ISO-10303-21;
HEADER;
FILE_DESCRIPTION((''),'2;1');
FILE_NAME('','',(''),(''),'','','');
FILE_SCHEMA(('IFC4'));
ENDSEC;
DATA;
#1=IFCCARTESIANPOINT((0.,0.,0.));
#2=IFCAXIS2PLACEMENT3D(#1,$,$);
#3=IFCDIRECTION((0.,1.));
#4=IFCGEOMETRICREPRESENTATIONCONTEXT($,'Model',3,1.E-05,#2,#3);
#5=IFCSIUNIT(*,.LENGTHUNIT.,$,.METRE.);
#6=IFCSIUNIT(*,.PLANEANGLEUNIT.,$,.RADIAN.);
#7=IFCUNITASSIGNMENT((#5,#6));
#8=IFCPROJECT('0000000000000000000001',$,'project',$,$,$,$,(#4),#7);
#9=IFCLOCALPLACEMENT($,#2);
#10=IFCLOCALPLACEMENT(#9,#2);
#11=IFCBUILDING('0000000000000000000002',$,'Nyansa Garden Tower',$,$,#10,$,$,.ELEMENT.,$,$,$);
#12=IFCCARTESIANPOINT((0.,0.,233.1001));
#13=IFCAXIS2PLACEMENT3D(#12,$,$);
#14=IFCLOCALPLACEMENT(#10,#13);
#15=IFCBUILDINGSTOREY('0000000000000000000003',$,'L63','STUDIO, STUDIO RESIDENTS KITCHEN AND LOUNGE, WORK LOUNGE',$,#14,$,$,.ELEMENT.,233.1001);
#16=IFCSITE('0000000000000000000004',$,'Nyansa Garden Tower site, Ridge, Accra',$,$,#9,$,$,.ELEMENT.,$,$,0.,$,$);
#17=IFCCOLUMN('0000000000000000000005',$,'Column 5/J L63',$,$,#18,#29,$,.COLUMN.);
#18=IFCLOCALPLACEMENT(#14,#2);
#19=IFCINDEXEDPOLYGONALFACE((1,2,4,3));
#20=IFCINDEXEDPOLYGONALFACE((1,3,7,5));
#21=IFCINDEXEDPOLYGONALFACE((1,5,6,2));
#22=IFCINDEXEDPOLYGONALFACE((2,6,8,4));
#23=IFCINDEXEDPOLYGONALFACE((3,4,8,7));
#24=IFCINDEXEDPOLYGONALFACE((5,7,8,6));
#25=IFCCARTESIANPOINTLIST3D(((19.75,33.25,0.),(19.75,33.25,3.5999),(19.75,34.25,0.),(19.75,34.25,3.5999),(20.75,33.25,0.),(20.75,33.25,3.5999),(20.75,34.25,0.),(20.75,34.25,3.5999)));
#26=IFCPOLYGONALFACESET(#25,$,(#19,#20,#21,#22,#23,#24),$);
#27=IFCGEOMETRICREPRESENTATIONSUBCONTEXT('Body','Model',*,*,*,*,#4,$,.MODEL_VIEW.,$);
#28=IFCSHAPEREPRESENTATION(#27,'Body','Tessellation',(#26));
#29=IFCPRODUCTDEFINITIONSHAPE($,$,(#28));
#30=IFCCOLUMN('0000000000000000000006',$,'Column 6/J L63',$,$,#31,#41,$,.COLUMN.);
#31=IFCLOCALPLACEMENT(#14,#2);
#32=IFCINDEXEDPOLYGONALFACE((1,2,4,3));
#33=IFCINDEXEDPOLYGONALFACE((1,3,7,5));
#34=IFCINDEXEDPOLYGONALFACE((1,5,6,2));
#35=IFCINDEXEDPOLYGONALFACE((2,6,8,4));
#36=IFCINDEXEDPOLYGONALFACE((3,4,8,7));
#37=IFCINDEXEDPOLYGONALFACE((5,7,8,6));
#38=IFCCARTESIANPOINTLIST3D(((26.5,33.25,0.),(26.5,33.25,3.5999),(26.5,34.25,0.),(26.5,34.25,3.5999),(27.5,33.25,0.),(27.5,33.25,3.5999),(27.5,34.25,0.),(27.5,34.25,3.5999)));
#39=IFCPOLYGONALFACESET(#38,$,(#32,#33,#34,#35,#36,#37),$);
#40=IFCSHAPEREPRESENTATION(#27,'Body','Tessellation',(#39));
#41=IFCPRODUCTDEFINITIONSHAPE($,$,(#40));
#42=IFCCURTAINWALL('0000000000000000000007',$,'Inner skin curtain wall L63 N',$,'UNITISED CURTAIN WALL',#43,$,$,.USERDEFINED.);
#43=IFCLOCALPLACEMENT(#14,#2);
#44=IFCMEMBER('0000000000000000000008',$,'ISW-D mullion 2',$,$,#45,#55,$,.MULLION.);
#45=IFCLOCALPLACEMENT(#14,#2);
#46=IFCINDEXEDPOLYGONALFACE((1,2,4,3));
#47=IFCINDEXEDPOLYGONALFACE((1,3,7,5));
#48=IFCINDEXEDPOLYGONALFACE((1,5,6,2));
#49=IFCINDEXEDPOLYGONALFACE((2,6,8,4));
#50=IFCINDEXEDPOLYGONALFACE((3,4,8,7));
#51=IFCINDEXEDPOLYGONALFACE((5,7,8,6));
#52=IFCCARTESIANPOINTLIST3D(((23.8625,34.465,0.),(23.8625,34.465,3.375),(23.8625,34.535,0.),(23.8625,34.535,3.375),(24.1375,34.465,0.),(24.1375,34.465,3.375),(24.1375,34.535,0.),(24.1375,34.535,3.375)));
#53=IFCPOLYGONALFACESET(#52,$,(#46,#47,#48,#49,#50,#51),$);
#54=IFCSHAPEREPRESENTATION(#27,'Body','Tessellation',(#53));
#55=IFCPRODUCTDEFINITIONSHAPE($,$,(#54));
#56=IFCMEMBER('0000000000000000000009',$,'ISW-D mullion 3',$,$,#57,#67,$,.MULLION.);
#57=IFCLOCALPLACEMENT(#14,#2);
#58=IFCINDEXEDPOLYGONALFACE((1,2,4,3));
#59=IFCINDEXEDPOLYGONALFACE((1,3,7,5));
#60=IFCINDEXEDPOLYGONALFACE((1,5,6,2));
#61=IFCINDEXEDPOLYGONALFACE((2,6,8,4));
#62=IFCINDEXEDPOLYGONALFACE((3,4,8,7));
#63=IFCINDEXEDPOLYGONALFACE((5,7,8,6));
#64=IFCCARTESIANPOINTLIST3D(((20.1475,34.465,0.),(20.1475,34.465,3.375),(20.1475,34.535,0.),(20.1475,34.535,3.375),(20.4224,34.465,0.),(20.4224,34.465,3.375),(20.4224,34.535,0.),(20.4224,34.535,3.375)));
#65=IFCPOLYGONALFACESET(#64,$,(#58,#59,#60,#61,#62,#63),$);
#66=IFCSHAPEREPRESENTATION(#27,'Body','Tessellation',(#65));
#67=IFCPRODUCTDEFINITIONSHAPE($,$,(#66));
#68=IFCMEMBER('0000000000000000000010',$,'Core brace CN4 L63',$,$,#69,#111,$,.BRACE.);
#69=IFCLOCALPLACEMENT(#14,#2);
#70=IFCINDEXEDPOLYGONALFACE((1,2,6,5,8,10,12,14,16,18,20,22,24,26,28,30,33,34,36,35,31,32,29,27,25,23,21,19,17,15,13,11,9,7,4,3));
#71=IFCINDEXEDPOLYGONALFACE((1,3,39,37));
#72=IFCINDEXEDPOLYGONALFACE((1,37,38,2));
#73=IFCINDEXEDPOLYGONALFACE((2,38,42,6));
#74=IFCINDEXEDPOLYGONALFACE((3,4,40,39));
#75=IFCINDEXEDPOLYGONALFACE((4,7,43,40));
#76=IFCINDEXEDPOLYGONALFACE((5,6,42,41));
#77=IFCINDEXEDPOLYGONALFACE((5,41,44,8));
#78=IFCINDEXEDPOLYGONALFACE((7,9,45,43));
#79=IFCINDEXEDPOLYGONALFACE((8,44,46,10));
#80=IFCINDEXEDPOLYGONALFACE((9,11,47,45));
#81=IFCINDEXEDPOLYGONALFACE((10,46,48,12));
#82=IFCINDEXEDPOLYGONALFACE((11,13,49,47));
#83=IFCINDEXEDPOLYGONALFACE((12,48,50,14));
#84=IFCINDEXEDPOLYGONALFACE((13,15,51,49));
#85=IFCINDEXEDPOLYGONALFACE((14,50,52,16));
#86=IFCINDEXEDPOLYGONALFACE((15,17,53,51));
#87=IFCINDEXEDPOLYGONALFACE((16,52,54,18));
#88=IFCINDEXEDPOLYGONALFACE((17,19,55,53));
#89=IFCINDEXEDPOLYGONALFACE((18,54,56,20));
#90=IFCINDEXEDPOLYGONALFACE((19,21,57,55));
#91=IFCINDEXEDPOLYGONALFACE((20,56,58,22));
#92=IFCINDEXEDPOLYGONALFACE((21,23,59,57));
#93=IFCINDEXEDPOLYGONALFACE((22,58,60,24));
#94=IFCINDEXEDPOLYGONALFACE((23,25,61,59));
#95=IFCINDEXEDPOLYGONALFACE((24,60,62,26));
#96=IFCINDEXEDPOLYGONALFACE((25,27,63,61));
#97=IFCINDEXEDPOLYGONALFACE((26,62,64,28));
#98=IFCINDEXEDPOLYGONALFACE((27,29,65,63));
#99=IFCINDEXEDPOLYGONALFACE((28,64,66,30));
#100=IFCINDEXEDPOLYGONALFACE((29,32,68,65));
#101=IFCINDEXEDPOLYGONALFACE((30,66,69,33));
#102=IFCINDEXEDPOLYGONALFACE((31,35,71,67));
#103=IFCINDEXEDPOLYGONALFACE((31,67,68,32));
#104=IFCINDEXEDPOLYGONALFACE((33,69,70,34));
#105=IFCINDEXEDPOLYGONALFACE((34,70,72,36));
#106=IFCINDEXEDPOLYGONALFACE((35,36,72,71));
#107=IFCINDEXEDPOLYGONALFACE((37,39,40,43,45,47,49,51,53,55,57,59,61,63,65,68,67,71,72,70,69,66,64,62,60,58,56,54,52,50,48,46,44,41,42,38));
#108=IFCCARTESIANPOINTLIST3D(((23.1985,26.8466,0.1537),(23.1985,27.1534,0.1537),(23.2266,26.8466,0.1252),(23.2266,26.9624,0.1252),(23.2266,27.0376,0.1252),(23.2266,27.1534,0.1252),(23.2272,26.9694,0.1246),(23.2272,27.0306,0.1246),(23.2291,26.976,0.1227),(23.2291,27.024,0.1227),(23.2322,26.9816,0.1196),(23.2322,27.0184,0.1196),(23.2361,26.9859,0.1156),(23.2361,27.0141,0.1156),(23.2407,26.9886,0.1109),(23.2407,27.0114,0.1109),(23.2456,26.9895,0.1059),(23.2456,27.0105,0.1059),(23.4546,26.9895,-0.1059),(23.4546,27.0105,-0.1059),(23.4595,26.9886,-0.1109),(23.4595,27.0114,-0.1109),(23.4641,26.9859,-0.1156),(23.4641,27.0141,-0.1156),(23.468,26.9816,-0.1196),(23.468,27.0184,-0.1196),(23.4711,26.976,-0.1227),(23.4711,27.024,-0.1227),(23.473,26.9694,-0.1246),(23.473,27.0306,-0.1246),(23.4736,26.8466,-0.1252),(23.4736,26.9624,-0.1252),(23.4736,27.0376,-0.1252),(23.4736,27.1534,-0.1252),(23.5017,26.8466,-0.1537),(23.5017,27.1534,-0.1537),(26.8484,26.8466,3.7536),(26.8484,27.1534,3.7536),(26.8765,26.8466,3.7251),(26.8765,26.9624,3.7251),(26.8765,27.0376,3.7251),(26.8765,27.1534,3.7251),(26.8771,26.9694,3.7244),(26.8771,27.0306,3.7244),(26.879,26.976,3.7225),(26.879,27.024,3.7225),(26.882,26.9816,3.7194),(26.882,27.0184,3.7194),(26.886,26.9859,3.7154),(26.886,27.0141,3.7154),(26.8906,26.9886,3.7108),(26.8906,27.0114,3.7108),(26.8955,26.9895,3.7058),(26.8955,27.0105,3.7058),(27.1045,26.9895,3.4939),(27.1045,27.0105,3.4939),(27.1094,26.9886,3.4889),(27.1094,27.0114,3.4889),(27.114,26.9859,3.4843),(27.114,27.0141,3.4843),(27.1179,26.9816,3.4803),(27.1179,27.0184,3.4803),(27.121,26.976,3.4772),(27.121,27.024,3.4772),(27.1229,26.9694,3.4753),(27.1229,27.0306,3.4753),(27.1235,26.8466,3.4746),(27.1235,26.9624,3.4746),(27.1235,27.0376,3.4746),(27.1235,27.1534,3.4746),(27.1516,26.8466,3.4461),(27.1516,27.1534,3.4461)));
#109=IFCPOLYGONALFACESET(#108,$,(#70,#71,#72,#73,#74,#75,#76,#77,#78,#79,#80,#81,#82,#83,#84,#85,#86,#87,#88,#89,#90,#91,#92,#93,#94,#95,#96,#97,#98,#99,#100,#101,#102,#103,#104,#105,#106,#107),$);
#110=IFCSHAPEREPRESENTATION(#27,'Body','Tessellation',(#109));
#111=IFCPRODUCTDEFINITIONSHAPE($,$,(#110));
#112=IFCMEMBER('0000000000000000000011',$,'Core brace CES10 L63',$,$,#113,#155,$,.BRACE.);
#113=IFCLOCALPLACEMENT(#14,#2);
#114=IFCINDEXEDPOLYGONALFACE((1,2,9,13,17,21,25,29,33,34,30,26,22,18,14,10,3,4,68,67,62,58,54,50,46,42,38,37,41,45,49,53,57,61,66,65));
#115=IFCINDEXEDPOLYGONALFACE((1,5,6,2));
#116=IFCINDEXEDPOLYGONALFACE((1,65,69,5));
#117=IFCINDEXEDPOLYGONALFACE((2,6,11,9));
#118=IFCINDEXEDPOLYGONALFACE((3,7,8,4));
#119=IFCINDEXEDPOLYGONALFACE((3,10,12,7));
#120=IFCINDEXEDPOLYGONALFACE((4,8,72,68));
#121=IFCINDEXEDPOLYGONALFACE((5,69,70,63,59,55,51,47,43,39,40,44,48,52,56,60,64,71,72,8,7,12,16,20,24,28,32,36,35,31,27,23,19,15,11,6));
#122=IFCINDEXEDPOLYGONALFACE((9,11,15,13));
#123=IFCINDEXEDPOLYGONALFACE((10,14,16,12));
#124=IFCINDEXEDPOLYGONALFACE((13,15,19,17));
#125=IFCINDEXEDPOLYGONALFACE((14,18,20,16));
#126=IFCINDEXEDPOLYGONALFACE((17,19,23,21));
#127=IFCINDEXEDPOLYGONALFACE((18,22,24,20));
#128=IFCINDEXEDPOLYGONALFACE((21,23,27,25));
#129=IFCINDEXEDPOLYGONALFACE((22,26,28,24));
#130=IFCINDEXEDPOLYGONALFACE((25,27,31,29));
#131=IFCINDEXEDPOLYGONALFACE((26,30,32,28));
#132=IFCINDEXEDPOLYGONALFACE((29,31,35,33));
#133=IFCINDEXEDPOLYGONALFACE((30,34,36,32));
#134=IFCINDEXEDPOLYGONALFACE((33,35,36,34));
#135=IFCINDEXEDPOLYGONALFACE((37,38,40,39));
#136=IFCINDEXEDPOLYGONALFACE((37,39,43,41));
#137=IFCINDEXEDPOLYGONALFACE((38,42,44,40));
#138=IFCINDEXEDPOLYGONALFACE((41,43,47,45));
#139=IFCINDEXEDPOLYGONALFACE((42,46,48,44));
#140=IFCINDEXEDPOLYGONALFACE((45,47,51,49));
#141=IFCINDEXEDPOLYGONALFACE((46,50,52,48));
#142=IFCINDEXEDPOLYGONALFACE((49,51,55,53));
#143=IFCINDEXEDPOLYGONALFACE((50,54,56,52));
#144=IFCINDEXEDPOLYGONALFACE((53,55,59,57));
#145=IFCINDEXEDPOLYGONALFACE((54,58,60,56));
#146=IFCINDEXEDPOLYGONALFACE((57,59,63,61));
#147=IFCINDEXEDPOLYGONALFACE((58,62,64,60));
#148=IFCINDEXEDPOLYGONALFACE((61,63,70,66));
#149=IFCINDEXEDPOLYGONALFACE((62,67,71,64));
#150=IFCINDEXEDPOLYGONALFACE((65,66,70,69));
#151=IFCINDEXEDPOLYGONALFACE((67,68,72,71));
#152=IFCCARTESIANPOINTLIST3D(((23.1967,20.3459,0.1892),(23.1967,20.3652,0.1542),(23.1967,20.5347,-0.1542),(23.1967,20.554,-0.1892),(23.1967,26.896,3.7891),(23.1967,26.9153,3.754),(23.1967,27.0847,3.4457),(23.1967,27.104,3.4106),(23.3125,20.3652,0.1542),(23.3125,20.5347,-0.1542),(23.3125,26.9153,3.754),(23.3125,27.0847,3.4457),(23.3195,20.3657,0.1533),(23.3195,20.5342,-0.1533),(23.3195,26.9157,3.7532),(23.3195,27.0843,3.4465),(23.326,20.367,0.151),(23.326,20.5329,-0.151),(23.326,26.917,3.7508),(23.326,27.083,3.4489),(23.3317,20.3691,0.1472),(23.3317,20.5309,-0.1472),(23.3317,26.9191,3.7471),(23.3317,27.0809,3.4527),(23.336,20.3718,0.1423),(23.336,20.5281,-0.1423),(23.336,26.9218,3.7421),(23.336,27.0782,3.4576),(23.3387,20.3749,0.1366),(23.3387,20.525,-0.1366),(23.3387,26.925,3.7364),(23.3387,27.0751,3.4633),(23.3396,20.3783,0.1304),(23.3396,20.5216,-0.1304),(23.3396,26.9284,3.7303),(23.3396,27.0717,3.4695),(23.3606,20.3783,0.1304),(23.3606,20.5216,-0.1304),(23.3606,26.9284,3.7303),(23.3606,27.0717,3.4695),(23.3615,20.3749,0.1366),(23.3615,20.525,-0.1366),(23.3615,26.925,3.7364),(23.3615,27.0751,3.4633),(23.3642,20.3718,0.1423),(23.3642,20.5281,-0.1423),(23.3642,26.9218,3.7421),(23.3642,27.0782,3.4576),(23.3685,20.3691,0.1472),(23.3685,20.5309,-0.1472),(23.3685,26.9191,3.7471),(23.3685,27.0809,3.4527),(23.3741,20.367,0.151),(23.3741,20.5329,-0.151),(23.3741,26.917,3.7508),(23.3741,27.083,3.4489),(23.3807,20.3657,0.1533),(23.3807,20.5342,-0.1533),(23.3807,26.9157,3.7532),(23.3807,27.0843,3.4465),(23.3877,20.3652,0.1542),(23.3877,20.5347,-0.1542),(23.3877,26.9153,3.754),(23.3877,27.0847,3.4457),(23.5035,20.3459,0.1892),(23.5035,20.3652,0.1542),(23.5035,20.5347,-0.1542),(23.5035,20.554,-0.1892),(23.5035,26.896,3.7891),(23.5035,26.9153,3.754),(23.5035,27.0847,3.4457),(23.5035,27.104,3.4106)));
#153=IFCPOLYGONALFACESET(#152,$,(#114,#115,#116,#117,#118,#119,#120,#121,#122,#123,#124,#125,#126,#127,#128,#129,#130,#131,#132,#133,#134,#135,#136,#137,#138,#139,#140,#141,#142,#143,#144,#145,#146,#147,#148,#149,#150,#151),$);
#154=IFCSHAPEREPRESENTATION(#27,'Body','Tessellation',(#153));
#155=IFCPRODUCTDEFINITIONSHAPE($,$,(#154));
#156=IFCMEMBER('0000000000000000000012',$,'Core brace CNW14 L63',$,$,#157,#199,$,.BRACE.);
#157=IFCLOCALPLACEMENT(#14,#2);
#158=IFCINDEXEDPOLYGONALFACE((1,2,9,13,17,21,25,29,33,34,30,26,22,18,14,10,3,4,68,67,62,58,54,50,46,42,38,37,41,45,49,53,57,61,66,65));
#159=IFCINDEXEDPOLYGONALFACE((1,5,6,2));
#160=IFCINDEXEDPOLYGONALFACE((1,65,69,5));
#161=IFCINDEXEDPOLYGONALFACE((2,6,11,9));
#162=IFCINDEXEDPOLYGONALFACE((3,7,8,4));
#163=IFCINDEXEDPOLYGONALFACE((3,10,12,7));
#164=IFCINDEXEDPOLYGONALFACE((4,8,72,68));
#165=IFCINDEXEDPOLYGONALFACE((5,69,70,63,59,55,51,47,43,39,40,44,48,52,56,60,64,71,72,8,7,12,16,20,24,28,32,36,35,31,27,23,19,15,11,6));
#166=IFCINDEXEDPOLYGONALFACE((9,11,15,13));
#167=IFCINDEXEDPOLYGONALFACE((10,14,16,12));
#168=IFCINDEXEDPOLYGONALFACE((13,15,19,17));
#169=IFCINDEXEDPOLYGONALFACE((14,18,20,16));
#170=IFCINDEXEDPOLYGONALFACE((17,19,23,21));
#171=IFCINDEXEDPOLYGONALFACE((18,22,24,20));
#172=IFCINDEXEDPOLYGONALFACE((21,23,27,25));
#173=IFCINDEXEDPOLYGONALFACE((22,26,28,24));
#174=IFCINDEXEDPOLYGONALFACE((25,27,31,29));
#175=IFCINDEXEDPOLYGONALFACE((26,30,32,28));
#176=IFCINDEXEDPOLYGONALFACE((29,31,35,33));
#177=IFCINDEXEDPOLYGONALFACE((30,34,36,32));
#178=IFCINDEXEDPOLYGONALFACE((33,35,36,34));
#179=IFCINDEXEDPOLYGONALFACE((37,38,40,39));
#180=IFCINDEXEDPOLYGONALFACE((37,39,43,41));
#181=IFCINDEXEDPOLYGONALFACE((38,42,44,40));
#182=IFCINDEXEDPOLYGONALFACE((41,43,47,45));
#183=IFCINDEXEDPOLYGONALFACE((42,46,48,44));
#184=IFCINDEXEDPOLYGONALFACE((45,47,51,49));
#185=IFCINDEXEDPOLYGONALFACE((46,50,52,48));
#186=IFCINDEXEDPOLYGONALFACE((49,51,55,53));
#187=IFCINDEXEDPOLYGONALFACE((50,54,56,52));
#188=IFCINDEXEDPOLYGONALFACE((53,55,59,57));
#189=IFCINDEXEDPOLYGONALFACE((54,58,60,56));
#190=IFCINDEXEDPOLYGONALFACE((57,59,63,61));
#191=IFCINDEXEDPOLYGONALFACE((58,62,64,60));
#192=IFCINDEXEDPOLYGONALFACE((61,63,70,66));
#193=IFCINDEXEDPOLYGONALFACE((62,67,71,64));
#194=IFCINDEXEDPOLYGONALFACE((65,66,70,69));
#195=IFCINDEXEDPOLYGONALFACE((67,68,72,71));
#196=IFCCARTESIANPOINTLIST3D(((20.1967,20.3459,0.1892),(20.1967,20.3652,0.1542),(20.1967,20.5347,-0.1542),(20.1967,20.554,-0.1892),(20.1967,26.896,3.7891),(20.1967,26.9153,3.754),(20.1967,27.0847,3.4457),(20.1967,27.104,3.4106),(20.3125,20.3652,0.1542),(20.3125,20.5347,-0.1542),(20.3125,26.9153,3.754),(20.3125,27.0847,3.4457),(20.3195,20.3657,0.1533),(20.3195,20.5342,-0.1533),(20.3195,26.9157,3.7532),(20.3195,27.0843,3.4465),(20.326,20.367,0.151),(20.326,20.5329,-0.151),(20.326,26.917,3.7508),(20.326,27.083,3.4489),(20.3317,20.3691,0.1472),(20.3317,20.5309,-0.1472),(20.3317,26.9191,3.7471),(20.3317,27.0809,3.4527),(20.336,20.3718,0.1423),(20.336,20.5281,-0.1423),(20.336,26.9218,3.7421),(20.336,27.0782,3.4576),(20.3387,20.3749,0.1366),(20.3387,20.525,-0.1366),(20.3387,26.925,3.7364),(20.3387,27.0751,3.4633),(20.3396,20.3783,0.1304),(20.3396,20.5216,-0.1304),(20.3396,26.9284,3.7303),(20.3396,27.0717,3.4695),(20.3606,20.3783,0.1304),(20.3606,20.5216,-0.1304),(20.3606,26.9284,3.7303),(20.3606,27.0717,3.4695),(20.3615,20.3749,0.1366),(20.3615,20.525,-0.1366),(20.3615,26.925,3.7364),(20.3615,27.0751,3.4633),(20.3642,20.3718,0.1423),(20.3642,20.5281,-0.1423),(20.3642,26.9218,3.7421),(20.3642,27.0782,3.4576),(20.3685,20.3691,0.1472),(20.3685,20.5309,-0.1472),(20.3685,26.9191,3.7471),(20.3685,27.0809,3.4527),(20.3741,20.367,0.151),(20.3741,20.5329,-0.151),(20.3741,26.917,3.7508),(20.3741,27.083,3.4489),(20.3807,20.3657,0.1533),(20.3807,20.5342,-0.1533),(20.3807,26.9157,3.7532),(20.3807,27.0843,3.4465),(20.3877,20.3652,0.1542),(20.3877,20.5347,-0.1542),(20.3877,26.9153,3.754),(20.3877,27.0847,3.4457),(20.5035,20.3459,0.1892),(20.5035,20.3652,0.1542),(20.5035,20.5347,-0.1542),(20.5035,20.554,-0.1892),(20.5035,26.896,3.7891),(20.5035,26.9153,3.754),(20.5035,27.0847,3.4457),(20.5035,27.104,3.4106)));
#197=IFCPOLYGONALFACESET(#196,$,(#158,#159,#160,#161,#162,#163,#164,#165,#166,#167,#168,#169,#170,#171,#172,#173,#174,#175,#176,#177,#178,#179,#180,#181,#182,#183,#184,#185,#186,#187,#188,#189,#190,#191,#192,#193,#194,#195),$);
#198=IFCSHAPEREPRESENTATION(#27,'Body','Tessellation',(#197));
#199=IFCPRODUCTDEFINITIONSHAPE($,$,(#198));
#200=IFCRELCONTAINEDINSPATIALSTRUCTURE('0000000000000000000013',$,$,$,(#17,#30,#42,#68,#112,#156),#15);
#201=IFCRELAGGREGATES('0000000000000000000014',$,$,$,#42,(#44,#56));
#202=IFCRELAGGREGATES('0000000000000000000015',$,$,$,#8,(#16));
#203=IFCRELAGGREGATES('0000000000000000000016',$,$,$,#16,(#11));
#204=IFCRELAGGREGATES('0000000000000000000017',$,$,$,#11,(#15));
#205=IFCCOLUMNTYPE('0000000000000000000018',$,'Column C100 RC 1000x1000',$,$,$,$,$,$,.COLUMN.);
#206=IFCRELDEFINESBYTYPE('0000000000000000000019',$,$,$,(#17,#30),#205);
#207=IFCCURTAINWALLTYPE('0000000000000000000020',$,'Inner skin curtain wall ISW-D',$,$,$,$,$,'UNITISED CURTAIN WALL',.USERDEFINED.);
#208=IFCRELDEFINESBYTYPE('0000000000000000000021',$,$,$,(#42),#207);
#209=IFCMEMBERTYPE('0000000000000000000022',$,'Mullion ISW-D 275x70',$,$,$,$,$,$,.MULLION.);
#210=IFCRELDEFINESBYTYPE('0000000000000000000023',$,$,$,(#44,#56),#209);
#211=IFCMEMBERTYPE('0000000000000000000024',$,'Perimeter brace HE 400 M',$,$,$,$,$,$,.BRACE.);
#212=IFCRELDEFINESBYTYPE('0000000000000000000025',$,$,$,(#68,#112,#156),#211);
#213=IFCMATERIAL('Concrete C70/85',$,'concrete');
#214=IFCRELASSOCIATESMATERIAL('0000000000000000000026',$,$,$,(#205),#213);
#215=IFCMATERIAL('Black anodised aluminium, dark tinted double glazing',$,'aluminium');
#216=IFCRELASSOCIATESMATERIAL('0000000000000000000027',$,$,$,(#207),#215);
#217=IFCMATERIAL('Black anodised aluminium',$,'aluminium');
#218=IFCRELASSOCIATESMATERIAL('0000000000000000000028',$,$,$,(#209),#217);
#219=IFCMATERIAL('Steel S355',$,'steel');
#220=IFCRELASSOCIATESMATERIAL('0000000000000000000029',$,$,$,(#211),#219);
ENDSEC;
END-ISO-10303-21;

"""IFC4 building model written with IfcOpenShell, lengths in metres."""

from ifc_helpers import new_model, si_unit, direction, frame, origin, origin_2d, place, context, subcontext, project, spatial, rectangle, i_section, extrude, material, material_profile, profile_set, type_object, element, aggregate, save


model = new_model("IFC4")

# Units and contexts
model_context = context("Model", 3, precision=1e-05, world=origin(), true_north=direction((0.0, 1.0)))
body_context = subcontext(model_context, "Body", "Model", "MODEL_VIEW")
ifc_project = project(units=[si_unit("LENGTHUNIT", "METRE"), si_unit("PLANEANGLEUNIT", "RADIAN")], contexts=[model_context])

# Site, building, storey
site_placement = place(None, origin())
site = spatial("IfcSite", under=ifc_project, at=site_placement, Name="Nyansa Garden Tower site, Ridge, Accra", CompositionType="ELEMENT", RefElevation=0.0)
building_placement = place(site_placement, origin())
building = spatial("IfcBuilding", under=site, at=building_placement, Name="Nyansa Garden Tower", CompositionType="ELEMENT")
storey_placement = place(building_placement, frame((0.0, 0.0, 233.1001)))
storey = spatial("IfcBuildingStorey", under=building, at=storey_placement, Name="L63", Description="STUDIO, STUDIO RESIDENTS KITCHEN AND LOUNGE, WORK LOUNGE", CompositionType="ELEMENT", Elevation=233.1001)

# Columns
ifc_material_1 = material(Name="Concrete C70/85", Category="concrete")
ifc_material_profile_1 = material_profile(ifc_material_1, rectangle(XDim=1.0, YDim=1.0, at=origin_2d()), Name="RC 1000x1000")
ifc_profile_set_1 = profile_set([ifc_material_profile_1], Name="Concrete C70/85")
column_type = type_object("IfcColumnType", Name="Column C100 RC 1000x1000", PredefinedType="COLUMN", material=ifc_profile_set_1)
for number, where, z_axis, x_axis, name in (
    (1, (20.25, 33.75, 0.0), (0.0, 0.0, 1.0), (1.0, 0.0, 0.0), "Column 5/J L63"),
    (2, (27.0, 33.75, 0.0), (0.0, 0.0, 1.0), (1.0, 0.0, 0.0), "Column 6/J L63"),
):
    element("IfcColumn", number, at=place(storey_placement, frame(where, z_axis=z_axis, x_axis=x_axis)), inside=storey, type_object=column_type, Name=name, PredefinedType="COLUMN", context=body_context, shape_type="SweptSolid", body=[
        extrude(rectangle(XDim=1.0, YDim=1.0, at=origin_2d()), origin(), (0.0, 0.0, 1.0), 3.5999),
    ])

# Curtain wall, members
ifc_material_2 = material(Name="Black anodised aluminium, dark tinted double glazing", Category="aluminium")
curtain_wall_type = type_object("IfcCurtainWallType", Name="Inner skin curtain wall ISW-D", ElementType="UNITISED CURTAIN WALL", PredefinedType="USERDEFINED", material=ifc_material_2)
curtain_wall_placement = place(storey_placement, origin())
curtain_wall = element("IfcCurtainWall", 3, at=curtain_wall_placement, inside=storey, type_object=curtain_wall_type, Name="Inner skin curtain wall L63 N", ObjectType="UNITISED CURTAIN WALL", PredefinedType="USERDEFINED")
ifc_material_3 = material(Name="Black anodised aluminium", Category="aluminium")
ifc_material_profile_2 = material_profile(ifc_material_3, rectangle(XDim=0.0701, YDim=0.2749, at=origin_2d()), Name="Mullion 275x70")
ifc_profile_set_2 = profile_set([ifc_material_profile_2], Name="Black anodised aluminium")
member_type_1 = type_object("IfcMemberType", Name="Mullion ISW-D 275x70", PredefinedType="MULLION", material=ifc_profile_set_2)
member_1_placement = place(storey_placement, frame((24.0, 34.5, 0.0), z_axis=(0.0, 0.0, 1.0), x_axis=(0.0, -1.0, 0.0)))
member_1 = element("IfcMember", 4, at=member_1_placement, type_object=member_type_1, Name="ISW-D mullion 2", PredefinedType="MULLION", context=body_context, shape_type="SweptSolid", body=[
    extrude(rectangle(XDim=0.0701, YDim=0.2749, at=origin_2d()), origin(), (0.0, 0.0, 1.0), 3.375),
])
member_2_placement = place(storey_placement, frame((20.2849, 34.5, 0.0), z_axis=(0.0, 0.0, 1.0), x_axis=(0.0, -1.0, 0.0)))
member_2 = element("IfcMember", 5, at=member_2_placement, type_object=member_type_1, Name="ISW-D mullion 3", PredefinedType="MULLION", context=body_context, shape_type="SweptSolid", body=[
    extrude(rectangle(XDim=0.0701, YDim=0.2749, at=origin_2d()), origin(), (0.0, 0.0, 1.0), 3.375),
])

# Members
ifc_material_4 = material(Name="Steel S355", Category="steel")
ifc_material_profile_3 = material_profile(ifc_material_4, i_section(OverallWidth=0.3069, OverallDepth=0.4319, WebThickness=0.021, FlangeThickness=0.04, FilletRadius=0.0271, at=origin_2d()), Name="HE 400 M")
ifc_profile_set_3 = profile_set([ifc_material_profile_3], Name="Steel S355")
member_type_2 = type_object("IfcMemberType", Name="Perimeter brace HE 400 M", PredefinedType="BRACE", material=ifc_profile_set_3)
member_3_placement = place(storey_placement, frame((23.3501, 27.0, 0.0), z_axis=(0.711971, 0.0, 0.702209), x_axis=(0.0, 1.0, 0.0)))
element("IfcMember", 6, at=member_3_placement, inside=storey, type_object=member_type_2, Name="Core brace CN4 L63", PredefinedType="BRACE", context=body_context, shape_type="SweptSolid", body=[
    extrude(i_section(OverallWidth=0.3069, OverallDepth=0.4319, WebThickness=0.021, FlangeThickness=0.04, FilletRadius=0.0271, at=origin_2d()), origin(), (0.0, 0.0, 1.0), 5.1265),
])
for number, where, z_axis, x_axis, name in (
    (7, (23.3501, 20.45, 0.0), (0.0, 0.876367, 0.481644), (-1.0, 0.0, 0.0), "Core brace CES10 L63"),
    (8, (20.3501, 20.45, 0.0), (0.0, 0.876367, 0.481644), (-1.0, 0.0, 0.0), "Core brace CNW14 L63"),
):
    element("IfcMember", number, at=place(storey_placement, frame(where, z_axis=z_axis, x_axis=x_axis)), inside=storey, type_object=member_type_2, Name=name, PredefinedType="BRACE", context=body_context, shape_type="SweptSolid", body=[
        extrude(i_section(OverallWidth=0.3069, OverallDepth=0.4319, WebThickness=0.021, FlangeThickness=0.04, FilletRadius=0.0271, at=origin_2d()), origin(), (0.0, 0.0, 1.0), 7.4741),
    ])

aggregate(curtain_wall, [member_1, member_2])

save(model, "model.ifc")
